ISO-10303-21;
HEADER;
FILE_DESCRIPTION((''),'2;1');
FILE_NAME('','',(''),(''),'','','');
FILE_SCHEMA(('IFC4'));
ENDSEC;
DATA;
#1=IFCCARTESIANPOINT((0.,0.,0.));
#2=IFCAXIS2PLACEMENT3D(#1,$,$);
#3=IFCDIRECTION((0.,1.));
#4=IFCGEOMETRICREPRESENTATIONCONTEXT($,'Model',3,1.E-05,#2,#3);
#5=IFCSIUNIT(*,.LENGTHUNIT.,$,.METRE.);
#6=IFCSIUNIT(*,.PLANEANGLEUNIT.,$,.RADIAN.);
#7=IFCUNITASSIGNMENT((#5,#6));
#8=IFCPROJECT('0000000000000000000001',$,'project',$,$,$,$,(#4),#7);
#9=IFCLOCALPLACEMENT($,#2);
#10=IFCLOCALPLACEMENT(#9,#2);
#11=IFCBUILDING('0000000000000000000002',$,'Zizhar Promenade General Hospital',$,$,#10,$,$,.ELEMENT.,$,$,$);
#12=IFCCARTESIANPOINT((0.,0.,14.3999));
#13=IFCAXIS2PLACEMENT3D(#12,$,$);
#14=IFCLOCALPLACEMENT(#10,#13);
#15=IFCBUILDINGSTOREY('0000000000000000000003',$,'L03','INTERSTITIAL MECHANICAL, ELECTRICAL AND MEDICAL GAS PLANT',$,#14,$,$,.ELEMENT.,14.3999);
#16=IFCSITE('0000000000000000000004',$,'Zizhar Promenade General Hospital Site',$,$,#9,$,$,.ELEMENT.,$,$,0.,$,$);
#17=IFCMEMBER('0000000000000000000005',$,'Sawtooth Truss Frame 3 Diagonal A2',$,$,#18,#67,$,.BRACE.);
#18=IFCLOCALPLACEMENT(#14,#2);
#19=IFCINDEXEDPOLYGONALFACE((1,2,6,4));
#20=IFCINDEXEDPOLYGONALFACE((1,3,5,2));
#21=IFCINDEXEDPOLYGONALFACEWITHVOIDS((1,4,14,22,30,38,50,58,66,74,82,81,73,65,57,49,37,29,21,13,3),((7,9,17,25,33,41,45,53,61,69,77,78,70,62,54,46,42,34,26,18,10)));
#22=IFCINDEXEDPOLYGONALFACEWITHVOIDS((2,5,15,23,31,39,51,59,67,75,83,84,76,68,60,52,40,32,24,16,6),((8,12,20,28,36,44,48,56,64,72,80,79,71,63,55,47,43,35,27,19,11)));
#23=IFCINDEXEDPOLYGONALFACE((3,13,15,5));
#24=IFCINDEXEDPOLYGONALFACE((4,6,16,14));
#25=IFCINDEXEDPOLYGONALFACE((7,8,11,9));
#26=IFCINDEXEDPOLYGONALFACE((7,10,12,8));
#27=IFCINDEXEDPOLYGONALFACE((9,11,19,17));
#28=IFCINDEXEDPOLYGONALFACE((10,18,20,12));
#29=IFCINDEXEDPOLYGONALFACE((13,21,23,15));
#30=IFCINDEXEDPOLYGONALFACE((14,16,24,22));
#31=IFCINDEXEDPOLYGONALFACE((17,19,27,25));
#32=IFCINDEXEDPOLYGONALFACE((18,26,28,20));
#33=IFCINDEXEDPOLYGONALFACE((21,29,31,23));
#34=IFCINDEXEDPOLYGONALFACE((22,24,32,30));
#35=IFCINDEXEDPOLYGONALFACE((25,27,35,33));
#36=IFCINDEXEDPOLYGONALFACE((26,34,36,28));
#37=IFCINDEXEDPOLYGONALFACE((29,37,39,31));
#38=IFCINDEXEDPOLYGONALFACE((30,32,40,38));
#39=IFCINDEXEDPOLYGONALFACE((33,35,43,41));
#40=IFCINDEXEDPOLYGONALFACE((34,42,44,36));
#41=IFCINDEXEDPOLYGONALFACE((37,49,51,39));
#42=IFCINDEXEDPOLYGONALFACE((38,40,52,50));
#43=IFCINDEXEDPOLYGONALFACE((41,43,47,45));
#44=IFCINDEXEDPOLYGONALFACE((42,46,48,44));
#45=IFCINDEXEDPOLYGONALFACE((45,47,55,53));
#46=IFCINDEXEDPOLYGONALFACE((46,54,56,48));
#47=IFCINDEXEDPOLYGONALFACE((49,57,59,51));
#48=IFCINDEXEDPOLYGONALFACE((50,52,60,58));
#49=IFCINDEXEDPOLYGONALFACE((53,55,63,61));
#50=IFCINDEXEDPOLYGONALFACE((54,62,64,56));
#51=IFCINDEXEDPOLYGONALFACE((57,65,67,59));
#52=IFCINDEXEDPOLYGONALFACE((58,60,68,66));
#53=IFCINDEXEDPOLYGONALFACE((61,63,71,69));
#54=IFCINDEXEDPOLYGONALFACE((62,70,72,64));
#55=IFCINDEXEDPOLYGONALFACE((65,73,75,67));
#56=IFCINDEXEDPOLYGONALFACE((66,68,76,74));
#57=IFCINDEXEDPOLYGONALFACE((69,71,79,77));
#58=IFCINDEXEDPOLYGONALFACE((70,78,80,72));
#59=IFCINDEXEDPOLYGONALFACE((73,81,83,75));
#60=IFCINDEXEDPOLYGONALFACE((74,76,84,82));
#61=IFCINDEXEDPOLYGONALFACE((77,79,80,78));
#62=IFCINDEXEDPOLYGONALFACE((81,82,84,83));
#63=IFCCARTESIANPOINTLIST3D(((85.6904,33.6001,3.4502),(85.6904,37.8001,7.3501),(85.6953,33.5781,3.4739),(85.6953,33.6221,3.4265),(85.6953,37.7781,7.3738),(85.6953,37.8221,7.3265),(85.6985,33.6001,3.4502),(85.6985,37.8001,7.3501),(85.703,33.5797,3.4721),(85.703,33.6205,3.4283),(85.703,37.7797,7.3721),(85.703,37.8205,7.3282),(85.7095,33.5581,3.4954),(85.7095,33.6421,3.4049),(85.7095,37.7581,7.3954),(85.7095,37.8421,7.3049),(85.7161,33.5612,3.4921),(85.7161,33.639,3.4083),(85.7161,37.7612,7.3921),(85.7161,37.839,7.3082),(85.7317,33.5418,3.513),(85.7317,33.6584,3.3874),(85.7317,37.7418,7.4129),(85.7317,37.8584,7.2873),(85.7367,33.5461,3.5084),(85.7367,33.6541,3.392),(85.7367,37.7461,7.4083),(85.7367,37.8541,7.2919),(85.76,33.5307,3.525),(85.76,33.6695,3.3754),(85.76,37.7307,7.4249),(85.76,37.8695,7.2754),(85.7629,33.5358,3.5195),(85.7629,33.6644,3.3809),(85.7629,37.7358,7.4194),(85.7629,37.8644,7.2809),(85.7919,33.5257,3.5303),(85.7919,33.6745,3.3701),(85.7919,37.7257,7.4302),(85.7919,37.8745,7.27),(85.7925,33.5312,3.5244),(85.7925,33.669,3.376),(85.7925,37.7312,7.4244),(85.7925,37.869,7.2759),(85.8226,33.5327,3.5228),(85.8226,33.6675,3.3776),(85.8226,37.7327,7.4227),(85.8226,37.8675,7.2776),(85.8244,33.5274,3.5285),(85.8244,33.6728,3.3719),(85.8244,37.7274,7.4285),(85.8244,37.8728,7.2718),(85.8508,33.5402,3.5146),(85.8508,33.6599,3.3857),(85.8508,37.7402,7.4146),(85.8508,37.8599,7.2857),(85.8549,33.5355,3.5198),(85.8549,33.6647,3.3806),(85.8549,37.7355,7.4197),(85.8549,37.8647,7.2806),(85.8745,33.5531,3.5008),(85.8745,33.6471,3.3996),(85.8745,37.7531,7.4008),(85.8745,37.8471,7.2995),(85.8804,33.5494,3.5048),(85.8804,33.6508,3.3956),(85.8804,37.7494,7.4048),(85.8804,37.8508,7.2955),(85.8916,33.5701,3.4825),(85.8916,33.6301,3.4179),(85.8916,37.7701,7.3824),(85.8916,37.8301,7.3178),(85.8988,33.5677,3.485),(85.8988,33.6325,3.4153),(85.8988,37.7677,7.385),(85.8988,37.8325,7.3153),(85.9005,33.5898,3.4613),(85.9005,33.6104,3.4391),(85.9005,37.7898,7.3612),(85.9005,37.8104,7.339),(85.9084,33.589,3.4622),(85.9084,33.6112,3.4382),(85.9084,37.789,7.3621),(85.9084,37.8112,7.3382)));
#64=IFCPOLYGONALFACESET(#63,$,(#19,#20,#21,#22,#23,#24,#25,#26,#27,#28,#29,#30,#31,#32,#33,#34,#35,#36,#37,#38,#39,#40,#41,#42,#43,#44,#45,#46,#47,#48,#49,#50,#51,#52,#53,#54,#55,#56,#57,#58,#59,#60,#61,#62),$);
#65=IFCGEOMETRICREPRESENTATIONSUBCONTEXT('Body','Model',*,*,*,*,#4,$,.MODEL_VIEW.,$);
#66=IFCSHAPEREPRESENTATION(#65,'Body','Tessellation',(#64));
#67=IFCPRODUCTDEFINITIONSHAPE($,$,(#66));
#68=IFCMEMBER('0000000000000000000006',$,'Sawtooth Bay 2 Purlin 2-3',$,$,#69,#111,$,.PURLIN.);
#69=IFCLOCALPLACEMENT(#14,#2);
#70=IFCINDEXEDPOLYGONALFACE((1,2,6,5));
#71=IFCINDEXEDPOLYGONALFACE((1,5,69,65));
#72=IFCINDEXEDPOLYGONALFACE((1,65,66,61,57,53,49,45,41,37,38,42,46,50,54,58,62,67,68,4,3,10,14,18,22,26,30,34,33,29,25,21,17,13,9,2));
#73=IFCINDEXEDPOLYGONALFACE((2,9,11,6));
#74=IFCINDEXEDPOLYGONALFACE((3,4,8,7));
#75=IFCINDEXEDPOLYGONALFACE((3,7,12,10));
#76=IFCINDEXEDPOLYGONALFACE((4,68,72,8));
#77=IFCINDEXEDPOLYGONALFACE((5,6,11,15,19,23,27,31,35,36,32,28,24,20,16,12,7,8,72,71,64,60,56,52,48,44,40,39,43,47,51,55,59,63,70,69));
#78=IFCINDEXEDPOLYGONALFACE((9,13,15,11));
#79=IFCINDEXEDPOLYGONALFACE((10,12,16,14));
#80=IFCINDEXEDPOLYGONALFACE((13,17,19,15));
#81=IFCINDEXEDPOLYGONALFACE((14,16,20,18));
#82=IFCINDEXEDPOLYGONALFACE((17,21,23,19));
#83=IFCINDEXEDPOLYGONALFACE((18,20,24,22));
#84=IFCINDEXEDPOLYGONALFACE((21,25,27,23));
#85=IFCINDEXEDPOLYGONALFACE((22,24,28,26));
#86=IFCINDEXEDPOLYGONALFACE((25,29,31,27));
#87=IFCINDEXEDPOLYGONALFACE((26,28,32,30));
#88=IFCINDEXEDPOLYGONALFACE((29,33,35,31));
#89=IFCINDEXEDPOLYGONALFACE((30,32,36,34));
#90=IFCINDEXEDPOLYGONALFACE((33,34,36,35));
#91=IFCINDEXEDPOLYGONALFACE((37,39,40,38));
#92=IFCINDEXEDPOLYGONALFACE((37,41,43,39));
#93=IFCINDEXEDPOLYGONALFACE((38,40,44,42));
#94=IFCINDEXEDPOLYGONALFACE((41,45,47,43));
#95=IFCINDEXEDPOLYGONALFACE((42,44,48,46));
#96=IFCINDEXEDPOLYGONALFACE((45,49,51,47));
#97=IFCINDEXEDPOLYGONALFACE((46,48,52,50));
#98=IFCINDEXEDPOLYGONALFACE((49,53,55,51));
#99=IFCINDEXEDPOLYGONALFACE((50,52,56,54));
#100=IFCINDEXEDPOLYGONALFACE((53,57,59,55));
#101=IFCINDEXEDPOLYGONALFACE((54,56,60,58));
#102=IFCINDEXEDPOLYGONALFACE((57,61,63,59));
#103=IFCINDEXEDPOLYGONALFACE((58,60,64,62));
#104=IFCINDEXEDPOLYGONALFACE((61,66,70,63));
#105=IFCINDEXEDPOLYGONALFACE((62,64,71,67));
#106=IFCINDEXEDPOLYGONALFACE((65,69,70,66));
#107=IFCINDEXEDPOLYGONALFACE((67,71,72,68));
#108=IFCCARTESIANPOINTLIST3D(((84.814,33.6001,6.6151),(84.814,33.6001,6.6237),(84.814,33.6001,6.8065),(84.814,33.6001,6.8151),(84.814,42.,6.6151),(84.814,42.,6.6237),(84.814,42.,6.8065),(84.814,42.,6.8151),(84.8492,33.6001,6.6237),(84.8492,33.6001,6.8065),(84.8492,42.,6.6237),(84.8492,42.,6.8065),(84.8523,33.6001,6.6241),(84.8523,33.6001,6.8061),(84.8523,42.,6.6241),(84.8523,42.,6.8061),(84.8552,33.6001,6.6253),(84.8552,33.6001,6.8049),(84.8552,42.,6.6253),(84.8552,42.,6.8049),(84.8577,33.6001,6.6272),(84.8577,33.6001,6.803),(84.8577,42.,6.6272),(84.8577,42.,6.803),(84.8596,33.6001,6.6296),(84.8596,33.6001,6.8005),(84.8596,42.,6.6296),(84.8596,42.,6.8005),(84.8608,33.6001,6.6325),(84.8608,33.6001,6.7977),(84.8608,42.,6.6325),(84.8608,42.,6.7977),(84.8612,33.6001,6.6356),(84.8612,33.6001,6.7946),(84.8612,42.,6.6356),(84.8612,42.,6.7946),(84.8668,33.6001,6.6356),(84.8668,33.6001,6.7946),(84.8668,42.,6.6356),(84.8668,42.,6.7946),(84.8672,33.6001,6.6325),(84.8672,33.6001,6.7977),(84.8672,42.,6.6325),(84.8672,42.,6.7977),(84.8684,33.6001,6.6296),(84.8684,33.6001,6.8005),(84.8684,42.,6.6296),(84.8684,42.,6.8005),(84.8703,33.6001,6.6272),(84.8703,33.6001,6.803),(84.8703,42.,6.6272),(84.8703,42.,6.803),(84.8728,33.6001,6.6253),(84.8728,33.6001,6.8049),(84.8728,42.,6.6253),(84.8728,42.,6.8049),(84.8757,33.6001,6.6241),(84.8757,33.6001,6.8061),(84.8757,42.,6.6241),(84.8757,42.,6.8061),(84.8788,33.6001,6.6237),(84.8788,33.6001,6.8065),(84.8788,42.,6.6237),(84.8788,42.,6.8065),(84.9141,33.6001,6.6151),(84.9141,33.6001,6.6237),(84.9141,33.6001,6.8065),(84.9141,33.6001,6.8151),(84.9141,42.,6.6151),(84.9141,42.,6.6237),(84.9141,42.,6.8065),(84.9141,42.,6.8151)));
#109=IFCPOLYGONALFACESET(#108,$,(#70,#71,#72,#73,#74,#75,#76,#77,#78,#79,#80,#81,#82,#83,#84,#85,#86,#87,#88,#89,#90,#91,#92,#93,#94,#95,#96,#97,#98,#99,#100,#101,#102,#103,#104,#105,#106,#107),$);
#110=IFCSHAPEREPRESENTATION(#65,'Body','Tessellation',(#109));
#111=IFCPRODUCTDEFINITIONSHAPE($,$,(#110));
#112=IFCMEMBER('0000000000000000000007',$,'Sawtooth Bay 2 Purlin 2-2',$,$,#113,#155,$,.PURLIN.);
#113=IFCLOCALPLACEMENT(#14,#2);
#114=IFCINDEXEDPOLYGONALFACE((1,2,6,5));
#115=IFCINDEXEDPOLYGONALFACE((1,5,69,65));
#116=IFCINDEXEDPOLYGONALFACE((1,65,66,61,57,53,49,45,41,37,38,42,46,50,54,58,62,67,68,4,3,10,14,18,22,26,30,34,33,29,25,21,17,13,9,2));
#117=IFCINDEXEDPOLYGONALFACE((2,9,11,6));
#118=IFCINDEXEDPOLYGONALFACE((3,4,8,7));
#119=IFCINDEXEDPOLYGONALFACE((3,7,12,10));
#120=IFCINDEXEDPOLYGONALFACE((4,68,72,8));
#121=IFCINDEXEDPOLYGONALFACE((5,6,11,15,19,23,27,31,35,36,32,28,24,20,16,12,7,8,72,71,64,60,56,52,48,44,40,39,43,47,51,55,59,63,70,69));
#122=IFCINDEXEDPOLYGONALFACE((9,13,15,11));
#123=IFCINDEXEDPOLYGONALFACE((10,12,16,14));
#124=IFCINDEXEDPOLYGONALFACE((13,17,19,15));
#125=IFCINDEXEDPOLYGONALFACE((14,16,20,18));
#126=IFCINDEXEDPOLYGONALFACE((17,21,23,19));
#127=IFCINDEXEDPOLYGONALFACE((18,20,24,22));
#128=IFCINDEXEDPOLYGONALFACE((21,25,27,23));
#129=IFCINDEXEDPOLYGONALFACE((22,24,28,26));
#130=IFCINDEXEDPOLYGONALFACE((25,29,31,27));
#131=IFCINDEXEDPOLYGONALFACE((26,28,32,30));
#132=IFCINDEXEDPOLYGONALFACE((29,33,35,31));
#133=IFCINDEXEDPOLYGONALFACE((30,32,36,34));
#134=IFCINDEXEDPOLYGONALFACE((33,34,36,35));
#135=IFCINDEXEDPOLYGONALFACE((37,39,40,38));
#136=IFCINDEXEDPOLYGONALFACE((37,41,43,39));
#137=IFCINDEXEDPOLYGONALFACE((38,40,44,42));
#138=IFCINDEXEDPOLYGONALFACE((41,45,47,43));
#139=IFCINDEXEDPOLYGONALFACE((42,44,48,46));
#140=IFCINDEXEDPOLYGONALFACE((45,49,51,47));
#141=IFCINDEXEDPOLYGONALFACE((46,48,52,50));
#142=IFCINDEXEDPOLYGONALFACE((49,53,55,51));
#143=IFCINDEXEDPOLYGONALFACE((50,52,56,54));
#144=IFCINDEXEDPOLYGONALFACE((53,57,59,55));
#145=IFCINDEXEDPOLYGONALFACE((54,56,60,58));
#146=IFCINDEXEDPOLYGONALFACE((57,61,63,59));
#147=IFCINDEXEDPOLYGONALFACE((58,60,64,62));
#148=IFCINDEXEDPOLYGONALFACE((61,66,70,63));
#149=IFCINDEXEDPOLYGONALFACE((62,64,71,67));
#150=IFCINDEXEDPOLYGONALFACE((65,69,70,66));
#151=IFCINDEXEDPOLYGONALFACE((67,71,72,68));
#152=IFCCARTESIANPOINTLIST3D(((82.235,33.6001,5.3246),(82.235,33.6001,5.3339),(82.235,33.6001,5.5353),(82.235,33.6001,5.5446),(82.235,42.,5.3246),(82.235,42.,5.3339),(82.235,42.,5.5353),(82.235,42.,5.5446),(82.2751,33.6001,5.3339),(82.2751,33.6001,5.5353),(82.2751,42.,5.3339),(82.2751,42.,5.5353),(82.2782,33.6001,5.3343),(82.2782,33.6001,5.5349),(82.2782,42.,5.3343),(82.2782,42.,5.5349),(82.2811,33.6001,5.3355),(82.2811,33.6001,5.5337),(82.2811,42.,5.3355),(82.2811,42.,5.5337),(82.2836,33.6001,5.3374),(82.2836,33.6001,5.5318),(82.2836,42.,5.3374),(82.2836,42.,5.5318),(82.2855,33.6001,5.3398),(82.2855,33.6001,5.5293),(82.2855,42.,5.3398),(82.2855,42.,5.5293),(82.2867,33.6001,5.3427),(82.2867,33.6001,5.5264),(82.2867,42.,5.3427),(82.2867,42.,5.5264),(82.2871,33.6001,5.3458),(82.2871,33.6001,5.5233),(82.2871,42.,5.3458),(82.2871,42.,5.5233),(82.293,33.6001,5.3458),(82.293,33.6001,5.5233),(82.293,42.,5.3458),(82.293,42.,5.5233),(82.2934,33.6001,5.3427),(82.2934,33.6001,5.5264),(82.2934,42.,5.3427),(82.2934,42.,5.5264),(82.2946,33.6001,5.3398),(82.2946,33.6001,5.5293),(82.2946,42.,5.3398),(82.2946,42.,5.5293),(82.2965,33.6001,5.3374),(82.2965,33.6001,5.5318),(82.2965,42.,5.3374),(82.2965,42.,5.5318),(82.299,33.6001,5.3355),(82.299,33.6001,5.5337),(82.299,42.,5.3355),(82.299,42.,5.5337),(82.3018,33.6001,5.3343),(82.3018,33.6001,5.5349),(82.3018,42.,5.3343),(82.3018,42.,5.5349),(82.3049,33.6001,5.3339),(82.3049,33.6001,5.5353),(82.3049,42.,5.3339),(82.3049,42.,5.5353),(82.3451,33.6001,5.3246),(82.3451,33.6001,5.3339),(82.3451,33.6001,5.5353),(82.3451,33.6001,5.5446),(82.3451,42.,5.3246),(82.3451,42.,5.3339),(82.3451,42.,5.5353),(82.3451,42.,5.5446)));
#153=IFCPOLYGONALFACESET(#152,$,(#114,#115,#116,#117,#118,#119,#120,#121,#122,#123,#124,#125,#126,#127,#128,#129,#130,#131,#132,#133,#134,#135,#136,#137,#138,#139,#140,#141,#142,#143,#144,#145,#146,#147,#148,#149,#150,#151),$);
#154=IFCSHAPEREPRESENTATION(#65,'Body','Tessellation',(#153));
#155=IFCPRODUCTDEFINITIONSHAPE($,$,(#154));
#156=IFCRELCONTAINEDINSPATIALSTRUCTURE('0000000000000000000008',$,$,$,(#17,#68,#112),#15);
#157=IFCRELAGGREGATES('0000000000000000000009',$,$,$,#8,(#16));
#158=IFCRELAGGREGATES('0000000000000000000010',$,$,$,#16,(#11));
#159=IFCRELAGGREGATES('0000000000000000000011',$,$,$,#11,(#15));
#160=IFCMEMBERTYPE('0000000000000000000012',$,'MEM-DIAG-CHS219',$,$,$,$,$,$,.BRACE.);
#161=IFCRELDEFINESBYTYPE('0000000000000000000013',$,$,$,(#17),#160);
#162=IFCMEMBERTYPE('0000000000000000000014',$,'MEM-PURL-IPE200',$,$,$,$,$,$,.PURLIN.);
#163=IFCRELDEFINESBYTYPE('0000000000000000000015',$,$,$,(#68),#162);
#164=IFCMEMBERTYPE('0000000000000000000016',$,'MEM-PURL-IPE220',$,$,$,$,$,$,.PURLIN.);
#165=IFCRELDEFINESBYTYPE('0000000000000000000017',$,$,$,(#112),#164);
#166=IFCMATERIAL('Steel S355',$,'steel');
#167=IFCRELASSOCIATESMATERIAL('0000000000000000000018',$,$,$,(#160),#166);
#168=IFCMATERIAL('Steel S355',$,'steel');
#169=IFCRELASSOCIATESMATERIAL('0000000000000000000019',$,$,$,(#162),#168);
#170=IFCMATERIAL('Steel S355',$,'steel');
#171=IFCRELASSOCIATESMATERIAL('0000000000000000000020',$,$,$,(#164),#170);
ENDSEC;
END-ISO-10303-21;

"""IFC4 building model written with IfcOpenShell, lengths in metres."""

from ifc_helpers import new_model, si_unit, direction, frame, origin, origin_2d, place, context, subcontext, project, spatial, hollow_circle, i_section, extrude, material, material_profile, profile_set, type_object, element, save


model = new_model("IFC4")

# Units and contexts
model_context = context("Model", 3, precision=1e-05, world=origin(), true_north=direction((0.0, 1.0)))
body_context = subcontext(model_context, "Body", "Model", "MODEL_VIEW")
ifc_project = project(units=[si_unit("LENGTHUNIT", "METRE"), si_unit("PLANEANGLEUNIT", "RADIAN")], contexts=[model_context])

# Site, building, storey
site_placement = place(None, origin())
site = spatial("IfcSite", under=ifc_project, at=site_placement, Name="Zizhar Promenade General Hospital Site", CompositionType="ELEMENT", RefElevation=0.0)
building_placement = place(site_placement, origin())
building = spatial("IfcBuilding", under=site, at=building_placement, Name="Zizhar Promenade General Hospital", CompositionType="ELEMENT")
storey_placement = place(building_placement, frame((0.0, 0.0, 14.3999)))
storey = spatial("IfcBuildingStorey", under=building, at=storey_placement, Name="L03", Description="INTERSTITIAL MECHANICAL, ELECTRICAL AND MEDICAL GAS PLANT", CompositionType="ELEMENT", Elevation=14.3999)

# Members
ifc_material_1 = material(Name="Steel S355", Category="steel")
ifc_material_profile_1 = material_profile(ifc_material_1, hollow_circle(Radius=0.1096, WallThickness=0.0081, at=origin_2d()))
ifc_profile_set_1 = profile_set([ifc_material_profile_1], Name="Steel S355")
member_type_1 = type_object("IfcMemberType", Name="MEM-DIAG-CHS219", PredefinedType="BRACE", material=ifc_profile_set_1)
member_1_placement = place(storey_placement, frame((85.8, 33.6001, 3.4502), z_axis=(0.0, 0.732798, 0.680446), x_axis=(-1.0, 0.0, 0.0)))
element("IfcMember", 1, at=member_1_placement, inside=storey, type_object=member_type_1, Name="Sawtooth Truss Frame 3 Diagonal A2", PredefinedType="BRACE", context=body_context, shape_type="SweptSolid", body=[
    extrude(hollow_circle(Radius=0.1096, WallThickness=0.0081, at=origin_2d()), origin(), (0.0, 0.0, 1.0), 5.7314),
])
ifc_material_2 = material(Name="Steel S355", Category="steel")
ifc_material_profile_2 = material_profile(ifc_material_2, i_section(OverallWidth=0.1001, OverallDepth=0.2, WebThickness=0.0056, FlangeThickness=0.0085, FilletRadius=0.012, at=origin_2d()))
ifc_profile_set_2 = profile_set([ifc_material_profile_2], Name="Steel S355")
member_type_2 = type_object("IfcMemberType", Name="MEM-PURL-IPE200", PredefinedType="PURLIN", material=ifc_profile_set_2)
member_2_placement = place(storey_placement, frame((84.864, 33.6001, 6.7151), z_axis=(0.0, 1.0, 0.0), x_axis=(-1.0, 0.0, 0.0)))
element("IfcMember", 2, at=member_2_placement, inside=storey, type_object=member_type_2, Name="Sawtooth Bay 2 Purlin 2-3", PredefinedType="PURLIN", context=body_context, shape_type="SweptSolid", body=[
    extrude(i_section(OverallWidth=0.1001, OverallDepth=0.2, WebThickness=0.0056, FlangeThickness=0.0085, FilletRadius=0.012, at=origin_2d()), origin(), (0.0, 0.0, 1.0), 8.3999),
])
ifc_material_3 = material(Name="Steel S355", Category="steel")
ifc_material_profile_3 = material_profile(ifc_material_3, i_section(OverallWidth=0.1101, OverallDepth=0.22, WebThickness=0.0059, FlangeThickness=0.0093, FilletRadius=0.012, at=origin_2d()))
ifc_profile_set_3 = profile_set([ifc_material_profile_3], Name="Steel S355")
member_type_3 = type_object("IfcMemberType", Name="MEM-PURL-IPE220", PredefinedType="PURLIN", material=ifc_profile_set_3)
member_3_placement = place(storey_placement, frame((82.29, 33.6001, 5.4346), z_axis=(0.0, 1.0, 0.0), x_axis=(-1.0, 0.0, 0.0)))
element("IfcMember", 3, at=member_3_placement, inside=storey, type_object=member_type_3, Name="Sawtooth Bay 2 Purlin 2-2", PredefinedType="PURLIN", context=body_context, shape_type="SweptSolid", body=[
    extrude(i_section(OverallWidth=0.1101, OverallDepth=0.22, WebThickness=0.0059, FlangeThickness=0.0093, FilletRadius=0.012, at=origin_2d()), origin(), (0.0, 0.0, 1.0), 8.3999),
])

save(model, "model.ifc")
